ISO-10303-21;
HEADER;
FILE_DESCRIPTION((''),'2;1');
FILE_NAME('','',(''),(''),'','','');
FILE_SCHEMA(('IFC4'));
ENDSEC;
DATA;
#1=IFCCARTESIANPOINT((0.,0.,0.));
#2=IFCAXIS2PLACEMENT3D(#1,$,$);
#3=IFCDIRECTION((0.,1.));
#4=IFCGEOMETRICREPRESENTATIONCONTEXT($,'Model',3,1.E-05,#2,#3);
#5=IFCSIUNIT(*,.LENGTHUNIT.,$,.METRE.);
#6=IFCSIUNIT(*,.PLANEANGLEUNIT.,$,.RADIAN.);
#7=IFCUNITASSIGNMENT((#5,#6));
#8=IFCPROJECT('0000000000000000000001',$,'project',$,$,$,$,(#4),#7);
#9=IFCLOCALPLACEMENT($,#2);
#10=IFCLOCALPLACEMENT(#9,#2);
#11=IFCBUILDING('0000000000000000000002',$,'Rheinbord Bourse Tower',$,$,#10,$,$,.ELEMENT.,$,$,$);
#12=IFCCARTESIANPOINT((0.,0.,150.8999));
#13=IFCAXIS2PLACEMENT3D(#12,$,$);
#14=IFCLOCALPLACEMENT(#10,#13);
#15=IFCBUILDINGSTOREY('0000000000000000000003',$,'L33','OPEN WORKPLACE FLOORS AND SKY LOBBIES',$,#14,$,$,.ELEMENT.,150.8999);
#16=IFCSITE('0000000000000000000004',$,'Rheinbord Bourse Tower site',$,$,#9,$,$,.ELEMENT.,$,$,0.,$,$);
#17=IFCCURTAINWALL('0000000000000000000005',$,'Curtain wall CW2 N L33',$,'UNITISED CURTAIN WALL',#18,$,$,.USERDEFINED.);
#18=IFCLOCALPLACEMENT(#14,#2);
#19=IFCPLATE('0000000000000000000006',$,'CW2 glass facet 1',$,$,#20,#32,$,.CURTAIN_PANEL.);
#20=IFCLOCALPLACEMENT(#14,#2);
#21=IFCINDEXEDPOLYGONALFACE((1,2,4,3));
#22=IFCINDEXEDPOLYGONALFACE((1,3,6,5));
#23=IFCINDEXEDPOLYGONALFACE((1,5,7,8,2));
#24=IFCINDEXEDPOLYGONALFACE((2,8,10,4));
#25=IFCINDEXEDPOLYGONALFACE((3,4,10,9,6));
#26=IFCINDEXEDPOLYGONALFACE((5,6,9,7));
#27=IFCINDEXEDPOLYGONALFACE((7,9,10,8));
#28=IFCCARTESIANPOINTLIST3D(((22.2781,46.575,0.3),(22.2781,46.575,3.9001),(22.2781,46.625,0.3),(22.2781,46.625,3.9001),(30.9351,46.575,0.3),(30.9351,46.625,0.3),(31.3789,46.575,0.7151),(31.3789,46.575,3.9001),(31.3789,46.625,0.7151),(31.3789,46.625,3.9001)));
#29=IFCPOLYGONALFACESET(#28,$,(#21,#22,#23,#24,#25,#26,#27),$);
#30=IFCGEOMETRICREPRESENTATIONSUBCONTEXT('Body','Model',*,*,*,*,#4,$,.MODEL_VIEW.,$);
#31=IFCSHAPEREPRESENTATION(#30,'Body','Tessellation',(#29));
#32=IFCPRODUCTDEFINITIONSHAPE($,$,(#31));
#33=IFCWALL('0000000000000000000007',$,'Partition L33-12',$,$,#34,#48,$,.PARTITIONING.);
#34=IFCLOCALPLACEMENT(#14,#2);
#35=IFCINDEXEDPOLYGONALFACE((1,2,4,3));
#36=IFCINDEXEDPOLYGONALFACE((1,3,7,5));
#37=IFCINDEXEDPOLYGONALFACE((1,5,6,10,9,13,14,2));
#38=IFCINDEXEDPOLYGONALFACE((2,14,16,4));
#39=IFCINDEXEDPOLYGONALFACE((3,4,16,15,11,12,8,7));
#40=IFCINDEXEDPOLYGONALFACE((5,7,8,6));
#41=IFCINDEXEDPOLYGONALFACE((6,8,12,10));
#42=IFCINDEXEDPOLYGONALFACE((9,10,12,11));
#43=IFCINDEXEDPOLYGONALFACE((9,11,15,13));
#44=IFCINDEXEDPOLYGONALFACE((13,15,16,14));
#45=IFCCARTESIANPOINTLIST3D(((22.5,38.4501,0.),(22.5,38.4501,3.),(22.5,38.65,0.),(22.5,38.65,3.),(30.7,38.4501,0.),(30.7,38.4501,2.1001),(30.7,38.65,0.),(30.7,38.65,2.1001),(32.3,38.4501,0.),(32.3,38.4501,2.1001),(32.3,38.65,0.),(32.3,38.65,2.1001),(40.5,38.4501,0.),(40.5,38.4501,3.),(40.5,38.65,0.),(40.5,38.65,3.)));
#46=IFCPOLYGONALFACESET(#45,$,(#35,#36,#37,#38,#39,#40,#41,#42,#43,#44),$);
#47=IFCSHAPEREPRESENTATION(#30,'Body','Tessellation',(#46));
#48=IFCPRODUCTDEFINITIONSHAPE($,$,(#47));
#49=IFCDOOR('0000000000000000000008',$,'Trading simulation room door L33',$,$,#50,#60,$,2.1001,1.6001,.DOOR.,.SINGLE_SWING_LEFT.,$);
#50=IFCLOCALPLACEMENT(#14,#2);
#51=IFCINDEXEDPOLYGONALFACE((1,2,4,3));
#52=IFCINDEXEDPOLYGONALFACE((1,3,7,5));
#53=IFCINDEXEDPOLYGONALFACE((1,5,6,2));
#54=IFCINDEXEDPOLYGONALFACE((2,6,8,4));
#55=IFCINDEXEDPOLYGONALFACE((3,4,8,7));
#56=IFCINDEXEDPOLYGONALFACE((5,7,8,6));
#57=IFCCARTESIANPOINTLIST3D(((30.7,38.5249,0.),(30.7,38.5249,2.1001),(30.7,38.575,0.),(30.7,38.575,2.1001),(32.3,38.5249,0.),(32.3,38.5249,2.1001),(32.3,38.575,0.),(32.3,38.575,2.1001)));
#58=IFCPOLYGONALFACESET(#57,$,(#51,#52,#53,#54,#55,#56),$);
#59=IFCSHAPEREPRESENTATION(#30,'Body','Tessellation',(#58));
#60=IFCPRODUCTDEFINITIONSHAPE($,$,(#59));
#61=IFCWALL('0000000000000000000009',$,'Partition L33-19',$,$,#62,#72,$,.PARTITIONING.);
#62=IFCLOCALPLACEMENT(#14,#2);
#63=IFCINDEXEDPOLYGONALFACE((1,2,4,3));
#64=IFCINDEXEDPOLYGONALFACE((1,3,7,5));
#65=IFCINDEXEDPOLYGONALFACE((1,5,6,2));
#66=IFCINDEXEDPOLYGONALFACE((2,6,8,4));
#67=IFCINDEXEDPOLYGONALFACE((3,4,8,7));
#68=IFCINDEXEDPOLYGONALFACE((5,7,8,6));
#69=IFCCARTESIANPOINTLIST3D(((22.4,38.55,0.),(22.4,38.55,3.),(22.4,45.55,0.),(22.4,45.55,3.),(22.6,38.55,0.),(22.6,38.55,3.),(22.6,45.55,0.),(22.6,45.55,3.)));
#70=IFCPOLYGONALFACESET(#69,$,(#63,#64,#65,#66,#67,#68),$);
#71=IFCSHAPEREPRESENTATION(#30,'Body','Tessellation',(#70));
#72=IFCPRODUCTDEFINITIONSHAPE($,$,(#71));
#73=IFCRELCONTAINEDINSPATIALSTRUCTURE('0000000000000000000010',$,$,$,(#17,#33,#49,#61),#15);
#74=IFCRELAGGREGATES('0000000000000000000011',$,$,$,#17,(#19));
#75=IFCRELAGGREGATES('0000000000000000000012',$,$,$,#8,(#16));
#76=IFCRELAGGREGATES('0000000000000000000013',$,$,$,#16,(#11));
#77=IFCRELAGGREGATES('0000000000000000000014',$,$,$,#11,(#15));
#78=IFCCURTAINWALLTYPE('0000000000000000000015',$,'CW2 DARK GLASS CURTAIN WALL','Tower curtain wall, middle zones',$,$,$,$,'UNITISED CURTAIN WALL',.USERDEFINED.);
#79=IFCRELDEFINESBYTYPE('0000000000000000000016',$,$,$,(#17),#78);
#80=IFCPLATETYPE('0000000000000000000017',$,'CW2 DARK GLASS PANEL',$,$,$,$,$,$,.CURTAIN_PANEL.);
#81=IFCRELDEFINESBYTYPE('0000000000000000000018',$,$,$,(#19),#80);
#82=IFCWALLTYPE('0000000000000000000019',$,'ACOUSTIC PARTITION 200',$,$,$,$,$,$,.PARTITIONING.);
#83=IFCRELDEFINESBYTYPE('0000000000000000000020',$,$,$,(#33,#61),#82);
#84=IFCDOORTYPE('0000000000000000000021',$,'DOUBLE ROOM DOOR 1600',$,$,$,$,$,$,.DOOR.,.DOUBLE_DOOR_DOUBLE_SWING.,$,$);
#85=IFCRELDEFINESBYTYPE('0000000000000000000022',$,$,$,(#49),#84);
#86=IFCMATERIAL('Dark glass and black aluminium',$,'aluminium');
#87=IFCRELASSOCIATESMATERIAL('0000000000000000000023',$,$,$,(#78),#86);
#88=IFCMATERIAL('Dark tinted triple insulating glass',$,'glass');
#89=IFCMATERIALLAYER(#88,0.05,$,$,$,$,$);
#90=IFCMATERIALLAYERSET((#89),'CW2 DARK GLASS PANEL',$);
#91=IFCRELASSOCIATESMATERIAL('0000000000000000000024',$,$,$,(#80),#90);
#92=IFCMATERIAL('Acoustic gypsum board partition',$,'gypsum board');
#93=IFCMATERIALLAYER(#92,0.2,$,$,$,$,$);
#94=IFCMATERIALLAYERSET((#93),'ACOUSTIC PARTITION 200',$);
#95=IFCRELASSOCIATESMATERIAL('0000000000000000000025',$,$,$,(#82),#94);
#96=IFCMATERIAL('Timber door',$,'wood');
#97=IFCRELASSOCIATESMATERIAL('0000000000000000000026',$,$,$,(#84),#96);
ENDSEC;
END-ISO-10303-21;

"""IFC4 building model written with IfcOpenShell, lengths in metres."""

from ifc_helpers import new_model, si_unit, direction, frame, frame_2d, origin, place, context, subcontext, project, spatial, polyline, rectangle, outline, extrude, material, layer, layer_set, type_object, element, fill, aggregate, save


model = new_model("IFC4")

# Units and contexts
model_context = context("Model", 3, precision=1e-05, world=origin(), true_north=direction((0.0, 1.0)))
body_context = subcontext(model_context, "Body", "Model", "MODEL_VIEW")
ifc_project = project(units=[si_unit("LENGTHUNIT", "METRE"), si_unit("PLANEANGLEUNIT", "RADIAN")], contexts=[model_context])

# Site, building, storey
site_placement = place(None, origin())
site = spatial("IfcSite", under=ifc_project, at=site_placement, Name="Rheinbord Bourse Tower site", CompositionType="ELEMENT", RefElevation=0.0)
building_placement = place(site_placement, origin())
building = spatial("IfcBuilding", under=site, at=building_placement, Name="Rheinbord Bourse Tower", CompositionType="ELEMENT")
storey_placement = place(building_placement, frame((0.0, 0.0, 150.8999)))
storey = spatial("IfcBuildingStorey", under=building, at=storey_placement, Name="L33", Description="OPEN WORKPLACE FLOORS AND SKY LOBBIES", CompositionType="ELEMENT", Elevation=150.8999)

# Curtain wall
ifc_material_1 = material(Name="Dark glass and black aluminium", Category="aluminium")
curtain_wall_type = type_object("IfcCurtainWallType", Name="CW2 DARK GLASS CURTAIN WALL", Description="Tower curtain wall, middle zones", ElementType="UNITISED CURTAIN WALL", PredefinedType="USERDEFINED", material=ifc_material_1)
curtain_wall_placement = place(storey_placement, origin())
curtain_wall = element("IfcCurtainWall", 1, at=curtain_wall_placement, inside=storey, type_object=curtain_wall_type, Name="Curtain wall CW2 N L33", ObjectType="UNITISED CURTAIN WALL", PredefinedType="USERDEFINED")

# Plate
ifc_material_2 = material(Name="Dark tinted triple insulating glass", Category="glass")
ifc_layer_1 = layer(ifc_material_2, 0.05)
ifc_layer_set_1 = layer_set([ifc_layer_1], Name="CW2 DARK GLASS PANEL")
plate_type = type_object("IfcPlateType", Name="CW2 DARK GLASS PANEL", PredefinedType="CURTAIN_PANEL", material=ifc_layer_set_1)
plate_1_placement = place(storey_placement, frame((31.3789, 46.625, 3.9001), z_axis=(0.0, -1.0, 0.0), x_axis=(-1.0, 0.0, 0.0)))
plate_1 = element("IfcPlate", 2, at=plate_1_placement, type_object=plate_type, Name="CW2 glass facet 1", PredefinedType="CURTAIN_PANEL", context=body_context, shape_type="SweptSolid", body=[
    extrude(outline(polyline([(0.0, 0.0), (9.1008, 0.0), (9.1008, 3.6001), (0.4438, 3.6001), (0.0, 3.1851), (0.0, 0.0)])), origin(), (0.0, 0.0, 1.0), 0.05),
])
aggregate(curtain_wall, [plate_1])

# Wall, opening, door
ifc_material_3 = material(Name="Acoustic gypsum board partition", Category="gypsum board")
ifc_layer_2 = layer(ifc_material_3, 0.2)
ifc_layer_set_2 = layer_set([ifc_layer_2], Name="ACOUSTIC PARTITION 200")
wall_type = type_object("IfcWallType", Name="ACOUSTIC PARTITION 200", PredefinedType="PARTITIONING", material=ifc_layer_set_2)
wall_1_placement = place(storey_placement, frame((22.5, 38.55, 0.0), z_axis=(0.0, 0.0, 1.0), x_axis=(1.0, 0.0, 0.0)))
wall_1 = element("IfcWall", 3, at=wall_1_placement, inside=storey, type_object=wall_type, Name="Partition L33-12", PredefinedType="PARTITIONING", context=body_context, shape_type="SweptSolid", body=[
    extrude(rectangle(XDim=18.0, YDim=0.2, at=frame_2d((9.0, 0.0))), origin(), (0.0, 0.0, 1.0), 3.0),
])
opening_placement = place(wall_1_placement, frame((8.2, 0.0, 0.0)))
opening = element("IfcOpeningElement", 4, at=opening_placement, cuts=wall_1, PredefinedType="OPENING", context=body_context, shape_type="SweptSolid", body=[
    extrude(rectangle(XDim=1.6001, YDim=2.1001, at=frame_2d((0.8, 1.05))), frame((0.0, 0.1099, 0.0), z_axis=(0.0, -1.0, 0.0), x_axis=(1.0, 0.0, 0.0)), (0.0, 0.0, 1.0), 0.22),
])
ifc_material_4 = material(Name="Timber door", Category="wood")
door_type = type_object("IfcDoorType", Name="DOUBLE ROOM DOOR 1600", OperationType="DOUBLE_DOOR_DOUBLE_SWING", PredefinedType="DOOR", material=ifc_material_4)
door_placement = place(opening_placement, origin())
door = element("IfcDoor", 5, at=door_placement, inside=storey, type_object=door_type, Name="Trading simulation room door L33", OperationType="SINGLE_SWING_LEFT", OverallHeight=2.1001, OverallWidth=1.6001, PredefinedType="DOOR", context=body_context, shape_type="SweptSolid", body=[
    extrude(rectangle(XDim=1.6001, YDim=2.1001, at=frame_2d((0.8, 1.05))), frame((0.0, 0.0249, 0.0), z_axis=(0.0, -1.0, 0.0), x_axis=(1.0, 0.0, 0.0)), (0.0, 0.0, 1.0), 0.05),
])
fill(opening, door)

# Wall
wall_2_placement = place(storey_placement, frame((22.5, 38.55, 0.0), z_axis=(0.0, 0.0, 1.0), x_axis=(0.0, 1.0, 0.0)))
element("IfcWall", 6, at=wall_2_placement, inside=storey, type_object=wall_type, Name="Partition L33-19", PredefinedType="PARTITIONING", context=body_context, shape_type="SweptSolid", body=[
    extrude(rectangle(XDim=7.0, YDim=0.2, at=frame_2d((3.5, 0.0))), origin(), (0.0, 0.0, 1.0), 3.0),
])

save(model, "model.ifc")
